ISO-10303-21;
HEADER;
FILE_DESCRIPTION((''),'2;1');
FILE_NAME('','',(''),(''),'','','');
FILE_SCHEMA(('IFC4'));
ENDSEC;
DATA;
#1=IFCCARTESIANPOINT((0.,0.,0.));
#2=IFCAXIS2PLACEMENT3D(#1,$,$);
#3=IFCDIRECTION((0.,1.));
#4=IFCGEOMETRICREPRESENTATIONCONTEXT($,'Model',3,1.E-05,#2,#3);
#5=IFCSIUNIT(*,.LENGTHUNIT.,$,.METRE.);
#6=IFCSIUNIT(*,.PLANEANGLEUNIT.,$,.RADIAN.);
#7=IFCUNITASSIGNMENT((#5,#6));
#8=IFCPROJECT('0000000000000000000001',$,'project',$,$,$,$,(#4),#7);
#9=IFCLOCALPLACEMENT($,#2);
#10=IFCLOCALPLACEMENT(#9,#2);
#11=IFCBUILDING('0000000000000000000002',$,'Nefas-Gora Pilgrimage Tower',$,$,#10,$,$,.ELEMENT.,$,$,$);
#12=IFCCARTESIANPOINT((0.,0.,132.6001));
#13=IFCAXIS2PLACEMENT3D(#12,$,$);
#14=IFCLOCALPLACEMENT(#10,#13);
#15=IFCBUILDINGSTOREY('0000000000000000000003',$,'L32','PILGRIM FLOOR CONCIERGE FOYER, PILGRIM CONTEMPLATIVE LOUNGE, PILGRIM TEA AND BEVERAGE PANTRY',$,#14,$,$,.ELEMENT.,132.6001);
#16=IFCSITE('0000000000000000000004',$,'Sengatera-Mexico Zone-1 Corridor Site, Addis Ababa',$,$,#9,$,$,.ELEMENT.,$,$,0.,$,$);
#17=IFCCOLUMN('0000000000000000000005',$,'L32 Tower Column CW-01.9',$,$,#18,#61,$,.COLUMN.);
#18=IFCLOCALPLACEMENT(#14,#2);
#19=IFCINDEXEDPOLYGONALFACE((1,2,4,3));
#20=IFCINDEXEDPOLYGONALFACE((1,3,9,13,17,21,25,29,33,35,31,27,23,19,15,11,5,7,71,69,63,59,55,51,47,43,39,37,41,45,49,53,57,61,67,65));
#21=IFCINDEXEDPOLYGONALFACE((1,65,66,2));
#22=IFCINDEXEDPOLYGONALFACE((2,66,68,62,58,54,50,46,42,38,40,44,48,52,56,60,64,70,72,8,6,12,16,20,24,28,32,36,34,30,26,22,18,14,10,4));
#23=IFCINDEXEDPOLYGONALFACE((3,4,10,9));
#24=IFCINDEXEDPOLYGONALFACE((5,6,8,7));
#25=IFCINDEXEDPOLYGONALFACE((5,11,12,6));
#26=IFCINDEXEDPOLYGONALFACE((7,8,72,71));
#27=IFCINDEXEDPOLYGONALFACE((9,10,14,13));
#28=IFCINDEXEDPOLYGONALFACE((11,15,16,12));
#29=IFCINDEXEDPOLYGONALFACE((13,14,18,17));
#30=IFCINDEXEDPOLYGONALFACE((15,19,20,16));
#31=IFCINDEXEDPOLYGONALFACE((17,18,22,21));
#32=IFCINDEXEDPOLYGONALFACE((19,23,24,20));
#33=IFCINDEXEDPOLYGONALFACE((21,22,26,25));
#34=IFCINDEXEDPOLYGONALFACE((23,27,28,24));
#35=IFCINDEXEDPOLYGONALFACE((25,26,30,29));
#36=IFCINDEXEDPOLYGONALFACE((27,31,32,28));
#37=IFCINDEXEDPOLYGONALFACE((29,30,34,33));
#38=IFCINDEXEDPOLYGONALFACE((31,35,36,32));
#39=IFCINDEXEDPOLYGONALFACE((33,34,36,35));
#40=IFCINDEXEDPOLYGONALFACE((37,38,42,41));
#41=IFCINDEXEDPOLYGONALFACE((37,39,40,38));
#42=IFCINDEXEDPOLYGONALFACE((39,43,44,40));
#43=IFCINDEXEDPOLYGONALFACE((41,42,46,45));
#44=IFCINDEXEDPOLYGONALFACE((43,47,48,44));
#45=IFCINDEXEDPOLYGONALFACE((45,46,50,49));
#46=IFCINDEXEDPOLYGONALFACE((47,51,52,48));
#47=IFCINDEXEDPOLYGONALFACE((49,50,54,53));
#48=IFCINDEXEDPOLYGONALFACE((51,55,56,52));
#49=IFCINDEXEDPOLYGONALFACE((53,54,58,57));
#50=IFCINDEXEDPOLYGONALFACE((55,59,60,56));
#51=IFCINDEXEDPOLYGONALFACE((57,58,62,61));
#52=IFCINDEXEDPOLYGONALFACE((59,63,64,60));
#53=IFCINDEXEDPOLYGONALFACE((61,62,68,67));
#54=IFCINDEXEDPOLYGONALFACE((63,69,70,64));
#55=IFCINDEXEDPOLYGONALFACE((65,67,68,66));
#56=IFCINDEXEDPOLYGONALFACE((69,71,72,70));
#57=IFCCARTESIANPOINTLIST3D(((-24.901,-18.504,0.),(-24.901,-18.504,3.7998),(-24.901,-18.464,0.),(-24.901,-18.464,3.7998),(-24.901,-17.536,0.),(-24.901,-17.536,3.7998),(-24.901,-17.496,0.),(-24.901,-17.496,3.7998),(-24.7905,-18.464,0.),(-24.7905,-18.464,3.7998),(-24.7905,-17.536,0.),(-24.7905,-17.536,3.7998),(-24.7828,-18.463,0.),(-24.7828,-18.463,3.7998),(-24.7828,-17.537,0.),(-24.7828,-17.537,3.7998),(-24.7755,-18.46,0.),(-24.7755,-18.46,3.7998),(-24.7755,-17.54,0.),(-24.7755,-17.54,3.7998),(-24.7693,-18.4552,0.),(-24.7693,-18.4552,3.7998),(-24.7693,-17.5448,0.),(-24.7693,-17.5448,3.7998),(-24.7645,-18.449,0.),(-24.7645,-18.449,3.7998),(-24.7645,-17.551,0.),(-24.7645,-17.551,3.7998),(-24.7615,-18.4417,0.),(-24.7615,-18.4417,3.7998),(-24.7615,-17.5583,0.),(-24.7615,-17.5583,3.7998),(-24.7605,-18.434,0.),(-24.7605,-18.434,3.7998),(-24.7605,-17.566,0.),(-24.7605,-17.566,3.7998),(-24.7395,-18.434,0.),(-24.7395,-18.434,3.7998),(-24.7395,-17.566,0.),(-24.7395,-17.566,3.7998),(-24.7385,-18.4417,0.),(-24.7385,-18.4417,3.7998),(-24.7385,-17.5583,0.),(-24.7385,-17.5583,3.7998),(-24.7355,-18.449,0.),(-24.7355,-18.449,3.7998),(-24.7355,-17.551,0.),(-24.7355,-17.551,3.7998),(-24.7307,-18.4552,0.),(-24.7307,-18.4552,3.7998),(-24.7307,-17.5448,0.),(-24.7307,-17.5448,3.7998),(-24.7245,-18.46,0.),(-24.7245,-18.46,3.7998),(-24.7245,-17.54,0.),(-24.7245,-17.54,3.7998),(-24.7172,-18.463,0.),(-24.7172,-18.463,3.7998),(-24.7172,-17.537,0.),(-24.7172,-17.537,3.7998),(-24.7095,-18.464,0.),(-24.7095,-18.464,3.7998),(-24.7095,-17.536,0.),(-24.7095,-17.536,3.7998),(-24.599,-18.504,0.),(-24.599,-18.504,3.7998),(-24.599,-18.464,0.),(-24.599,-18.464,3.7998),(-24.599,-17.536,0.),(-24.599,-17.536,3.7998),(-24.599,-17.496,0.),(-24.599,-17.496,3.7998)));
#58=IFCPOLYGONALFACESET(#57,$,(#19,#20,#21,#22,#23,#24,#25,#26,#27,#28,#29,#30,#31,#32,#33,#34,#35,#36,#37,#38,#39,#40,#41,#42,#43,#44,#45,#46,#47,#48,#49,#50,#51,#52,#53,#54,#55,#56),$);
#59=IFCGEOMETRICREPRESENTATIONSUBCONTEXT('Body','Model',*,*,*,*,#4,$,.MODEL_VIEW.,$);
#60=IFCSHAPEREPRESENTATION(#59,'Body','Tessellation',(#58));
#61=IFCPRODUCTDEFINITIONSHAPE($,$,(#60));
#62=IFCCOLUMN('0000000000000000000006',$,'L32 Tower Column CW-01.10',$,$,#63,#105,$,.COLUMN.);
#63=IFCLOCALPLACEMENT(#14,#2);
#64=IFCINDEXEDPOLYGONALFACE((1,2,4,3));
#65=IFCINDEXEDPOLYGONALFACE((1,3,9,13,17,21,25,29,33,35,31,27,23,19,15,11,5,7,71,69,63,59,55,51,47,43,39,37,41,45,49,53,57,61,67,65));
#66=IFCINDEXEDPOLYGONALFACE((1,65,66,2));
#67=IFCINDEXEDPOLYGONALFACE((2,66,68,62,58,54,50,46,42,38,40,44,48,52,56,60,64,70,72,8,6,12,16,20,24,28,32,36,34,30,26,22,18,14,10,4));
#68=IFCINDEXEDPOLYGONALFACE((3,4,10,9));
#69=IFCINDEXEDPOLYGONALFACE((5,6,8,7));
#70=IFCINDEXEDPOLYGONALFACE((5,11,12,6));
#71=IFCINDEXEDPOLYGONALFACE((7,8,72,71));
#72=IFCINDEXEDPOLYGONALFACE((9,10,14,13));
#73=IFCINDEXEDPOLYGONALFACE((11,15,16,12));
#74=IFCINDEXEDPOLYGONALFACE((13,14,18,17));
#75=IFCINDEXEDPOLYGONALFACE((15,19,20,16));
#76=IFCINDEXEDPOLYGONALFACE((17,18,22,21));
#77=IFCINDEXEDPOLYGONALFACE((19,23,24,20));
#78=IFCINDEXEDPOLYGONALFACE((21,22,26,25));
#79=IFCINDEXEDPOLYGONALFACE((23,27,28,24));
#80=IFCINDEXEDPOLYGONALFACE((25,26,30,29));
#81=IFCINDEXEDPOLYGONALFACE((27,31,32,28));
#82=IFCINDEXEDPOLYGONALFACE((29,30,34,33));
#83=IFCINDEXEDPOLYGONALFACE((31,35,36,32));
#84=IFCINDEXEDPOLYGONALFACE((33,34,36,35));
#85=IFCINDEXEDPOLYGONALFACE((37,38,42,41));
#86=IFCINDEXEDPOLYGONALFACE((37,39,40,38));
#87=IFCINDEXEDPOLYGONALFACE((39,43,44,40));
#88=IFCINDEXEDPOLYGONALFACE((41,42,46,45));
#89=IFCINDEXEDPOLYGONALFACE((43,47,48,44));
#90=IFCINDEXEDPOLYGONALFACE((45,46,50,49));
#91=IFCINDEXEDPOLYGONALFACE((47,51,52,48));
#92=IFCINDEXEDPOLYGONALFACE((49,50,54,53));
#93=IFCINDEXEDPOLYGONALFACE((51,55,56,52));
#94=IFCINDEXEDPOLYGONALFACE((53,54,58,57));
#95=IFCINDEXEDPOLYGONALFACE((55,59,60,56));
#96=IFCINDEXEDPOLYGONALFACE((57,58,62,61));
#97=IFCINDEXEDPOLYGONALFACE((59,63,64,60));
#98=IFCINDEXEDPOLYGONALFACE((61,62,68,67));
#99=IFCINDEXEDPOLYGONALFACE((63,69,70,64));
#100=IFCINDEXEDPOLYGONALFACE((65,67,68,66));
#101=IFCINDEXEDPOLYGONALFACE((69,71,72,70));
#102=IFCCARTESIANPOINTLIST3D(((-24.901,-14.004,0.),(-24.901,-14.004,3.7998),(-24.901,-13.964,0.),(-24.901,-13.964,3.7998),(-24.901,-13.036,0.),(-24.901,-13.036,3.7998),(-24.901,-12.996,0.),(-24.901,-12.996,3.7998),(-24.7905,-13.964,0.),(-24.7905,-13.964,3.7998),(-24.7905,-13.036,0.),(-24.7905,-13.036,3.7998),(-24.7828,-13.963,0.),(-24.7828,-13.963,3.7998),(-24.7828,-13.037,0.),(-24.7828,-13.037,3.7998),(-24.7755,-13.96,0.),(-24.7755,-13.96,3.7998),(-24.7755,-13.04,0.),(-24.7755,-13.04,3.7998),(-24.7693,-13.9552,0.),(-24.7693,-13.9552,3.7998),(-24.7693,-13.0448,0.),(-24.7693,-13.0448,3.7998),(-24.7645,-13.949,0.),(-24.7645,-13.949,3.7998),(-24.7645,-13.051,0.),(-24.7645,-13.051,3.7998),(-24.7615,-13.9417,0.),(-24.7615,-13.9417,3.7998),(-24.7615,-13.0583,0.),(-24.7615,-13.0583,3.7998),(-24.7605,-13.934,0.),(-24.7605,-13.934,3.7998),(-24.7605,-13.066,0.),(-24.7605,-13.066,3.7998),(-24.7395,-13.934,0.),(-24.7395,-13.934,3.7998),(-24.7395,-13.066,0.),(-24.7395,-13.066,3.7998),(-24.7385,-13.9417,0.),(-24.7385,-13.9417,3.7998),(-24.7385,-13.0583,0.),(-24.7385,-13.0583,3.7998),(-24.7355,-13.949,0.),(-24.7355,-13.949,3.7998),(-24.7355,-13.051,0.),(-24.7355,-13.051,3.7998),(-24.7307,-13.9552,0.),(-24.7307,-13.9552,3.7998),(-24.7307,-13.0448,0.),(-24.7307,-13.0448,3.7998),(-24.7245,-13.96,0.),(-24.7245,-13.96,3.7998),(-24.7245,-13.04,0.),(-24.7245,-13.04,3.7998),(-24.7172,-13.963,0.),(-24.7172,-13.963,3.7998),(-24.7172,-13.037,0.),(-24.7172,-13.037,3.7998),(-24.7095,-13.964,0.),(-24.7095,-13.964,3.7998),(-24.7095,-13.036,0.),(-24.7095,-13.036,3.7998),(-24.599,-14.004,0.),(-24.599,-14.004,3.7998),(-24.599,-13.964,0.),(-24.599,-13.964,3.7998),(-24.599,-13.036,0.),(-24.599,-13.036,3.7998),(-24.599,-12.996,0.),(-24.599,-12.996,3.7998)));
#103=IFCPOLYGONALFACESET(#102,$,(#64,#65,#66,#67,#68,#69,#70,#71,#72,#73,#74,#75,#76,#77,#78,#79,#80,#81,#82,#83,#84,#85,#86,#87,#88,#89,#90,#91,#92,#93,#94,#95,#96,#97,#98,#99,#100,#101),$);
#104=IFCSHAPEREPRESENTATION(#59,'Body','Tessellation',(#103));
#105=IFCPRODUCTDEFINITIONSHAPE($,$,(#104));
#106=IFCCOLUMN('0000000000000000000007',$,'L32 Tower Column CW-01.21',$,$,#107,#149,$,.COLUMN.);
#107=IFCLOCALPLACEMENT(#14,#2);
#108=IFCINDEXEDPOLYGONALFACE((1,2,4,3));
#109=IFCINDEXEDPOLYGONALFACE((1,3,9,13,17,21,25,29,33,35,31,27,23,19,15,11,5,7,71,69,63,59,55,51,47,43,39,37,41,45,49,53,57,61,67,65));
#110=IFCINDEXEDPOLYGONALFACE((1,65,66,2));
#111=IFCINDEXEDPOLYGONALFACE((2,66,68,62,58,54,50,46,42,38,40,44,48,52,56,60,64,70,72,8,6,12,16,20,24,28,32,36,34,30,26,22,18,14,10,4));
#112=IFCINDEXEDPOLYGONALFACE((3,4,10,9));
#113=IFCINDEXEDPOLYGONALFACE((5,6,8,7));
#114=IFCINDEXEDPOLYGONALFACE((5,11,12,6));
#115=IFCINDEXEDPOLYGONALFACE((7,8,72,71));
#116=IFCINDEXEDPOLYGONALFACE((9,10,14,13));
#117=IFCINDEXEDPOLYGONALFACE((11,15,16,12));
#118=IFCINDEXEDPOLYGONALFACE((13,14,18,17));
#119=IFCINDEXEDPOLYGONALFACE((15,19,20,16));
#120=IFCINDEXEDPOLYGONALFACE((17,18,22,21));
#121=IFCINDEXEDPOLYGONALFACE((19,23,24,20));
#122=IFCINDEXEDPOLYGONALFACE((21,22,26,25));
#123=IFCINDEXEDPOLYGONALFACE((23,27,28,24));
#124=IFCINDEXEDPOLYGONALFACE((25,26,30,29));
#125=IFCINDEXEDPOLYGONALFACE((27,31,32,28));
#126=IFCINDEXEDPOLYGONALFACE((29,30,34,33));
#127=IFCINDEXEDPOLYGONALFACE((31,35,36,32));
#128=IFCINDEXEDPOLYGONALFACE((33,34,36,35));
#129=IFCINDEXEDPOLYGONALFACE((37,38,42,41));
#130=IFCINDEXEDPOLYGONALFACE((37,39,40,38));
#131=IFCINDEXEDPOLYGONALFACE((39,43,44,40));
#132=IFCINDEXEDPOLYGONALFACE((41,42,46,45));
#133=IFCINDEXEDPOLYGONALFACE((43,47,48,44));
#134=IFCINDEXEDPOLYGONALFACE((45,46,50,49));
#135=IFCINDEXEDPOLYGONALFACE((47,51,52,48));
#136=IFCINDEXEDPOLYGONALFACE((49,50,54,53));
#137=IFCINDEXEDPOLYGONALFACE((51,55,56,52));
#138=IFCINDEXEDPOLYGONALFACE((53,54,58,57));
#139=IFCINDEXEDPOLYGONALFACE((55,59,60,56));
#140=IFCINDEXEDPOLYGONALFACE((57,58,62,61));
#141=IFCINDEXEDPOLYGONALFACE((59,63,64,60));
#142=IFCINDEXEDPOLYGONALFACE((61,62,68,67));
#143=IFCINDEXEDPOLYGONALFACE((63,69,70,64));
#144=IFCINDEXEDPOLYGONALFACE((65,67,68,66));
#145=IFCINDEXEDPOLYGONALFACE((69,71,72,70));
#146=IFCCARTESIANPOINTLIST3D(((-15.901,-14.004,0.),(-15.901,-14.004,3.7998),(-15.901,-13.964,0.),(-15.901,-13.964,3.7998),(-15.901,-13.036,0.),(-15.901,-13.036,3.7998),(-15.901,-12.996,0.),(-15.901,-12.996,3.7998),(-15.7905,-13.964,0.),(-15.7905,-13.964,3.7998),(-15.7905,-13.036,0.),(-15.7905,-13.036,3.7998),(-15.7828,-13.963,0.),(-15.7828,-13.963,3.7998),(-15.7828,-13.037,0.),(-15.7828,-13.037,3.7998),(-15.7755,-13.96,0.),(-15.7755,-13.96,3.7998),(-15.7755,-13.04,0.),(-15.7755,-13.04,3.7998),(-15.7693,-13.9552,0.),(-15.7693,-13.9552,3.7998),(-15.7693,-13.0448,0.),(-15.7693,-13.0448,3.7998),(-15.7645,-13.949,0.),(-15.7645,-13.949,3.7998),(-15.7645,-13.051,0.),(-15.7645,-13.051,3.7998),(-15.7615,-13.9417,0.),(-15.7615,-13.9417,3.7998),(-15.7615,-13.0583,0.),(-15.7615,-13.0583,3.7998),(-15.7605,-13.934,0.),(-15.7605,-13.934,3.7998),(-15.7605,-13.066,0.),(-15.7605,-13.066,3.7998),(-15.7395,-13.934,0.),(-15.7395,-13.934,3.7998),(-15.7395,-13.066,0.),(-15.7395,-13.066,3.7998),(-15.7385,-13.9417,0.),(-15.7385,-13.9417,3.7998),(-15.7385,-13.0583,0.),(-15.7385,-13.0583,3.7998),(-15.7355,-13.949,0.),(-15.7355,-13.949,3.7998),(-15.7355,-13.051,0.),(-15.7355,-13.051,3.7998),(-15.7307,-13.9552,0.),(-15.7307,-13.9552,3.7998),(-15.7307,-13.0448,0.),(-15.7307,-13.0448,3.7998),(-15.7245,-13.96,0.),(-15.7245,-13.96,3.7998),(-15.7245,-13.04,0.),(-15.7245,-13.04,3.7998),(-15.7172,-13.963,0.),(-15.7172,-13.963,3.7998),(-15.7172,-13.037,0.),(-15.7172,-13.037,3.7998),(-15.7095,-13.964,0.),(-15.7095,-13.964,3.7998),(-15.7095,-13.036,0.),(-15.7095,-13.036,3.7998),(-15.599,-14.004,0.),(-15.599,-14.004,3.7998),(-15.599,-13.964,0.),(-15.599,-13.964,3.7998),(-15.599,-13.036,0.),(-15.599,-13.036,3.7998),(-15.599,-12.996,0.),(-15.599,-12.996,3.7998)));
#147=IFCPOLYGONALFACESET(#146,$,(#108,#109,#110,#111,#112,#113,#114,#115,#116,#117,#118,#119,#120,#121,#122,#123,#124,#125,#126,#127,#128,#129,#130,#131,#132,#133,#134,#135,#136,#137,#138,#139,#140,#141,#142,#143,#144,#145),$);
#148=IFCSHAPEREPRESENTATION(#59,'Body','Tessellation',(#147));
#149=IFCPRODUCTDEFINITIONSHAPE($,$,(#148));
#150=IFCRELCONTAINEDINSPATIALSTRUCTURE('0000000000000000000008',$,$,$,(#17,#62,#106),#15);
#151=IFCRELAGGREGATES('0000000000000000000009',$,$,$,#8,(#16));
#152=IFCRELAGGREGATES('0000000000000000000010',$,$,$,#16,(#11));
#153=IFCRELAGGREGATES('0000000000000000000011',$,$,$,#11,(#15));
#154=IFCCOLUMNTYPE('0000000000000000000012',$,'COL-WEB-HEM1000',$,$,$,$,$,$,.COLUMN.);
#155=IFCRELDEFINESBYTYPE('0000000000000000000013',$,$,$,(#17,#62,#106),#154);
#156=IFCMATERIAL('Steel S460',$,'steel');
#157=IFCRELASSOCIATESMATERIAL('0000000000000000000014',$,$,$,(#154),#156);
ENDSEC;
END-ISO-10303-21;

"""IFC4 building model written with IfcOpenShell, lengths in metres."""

from ifc_helpers import new_model, si_unit, direction, frame, origin, origin_2d, place, context, subcontext, project, spatial, i_section, extrude, source, transform, mapped, material, material_profile, profile_set, type_object, element, save


model = new_model("IFC4")

# Units and contexts
model_context = context("Model", 3, precision=1e-05, world=origin(), true_north=direction((0.0, 1.0)))
body_context = subcontext(model_context, "Body", "Model", "MODEL_VIEW")
ifc_project = project(units=[si_unit("LENGTHUNIT", "METRE"), si_unit("PLANEANGLEUNIT", "RADIAN")], contexts=[model_context])

# Site, building, storey
site_placement = place(None, origin())
site = spatial("IfcSite", under=ifc_project, at=site_placement, Name="Sengatera-Mexico Zone-1 Corridor Site, Addis Ababa", CompositionType="ELEMENT", RefElevation=0.0)
building_placement = place(site_placement, origin())
building = spatial("IfcBuilding", under=site, at=building_placement, Name="Nefas-Gora Pilgrimage Tower", CompositionType="ELEMENT")
storey_placement = place(building_placement, frame((0.0, 0.0, 132.6001)))
storey = spatial("IfcBuildingStorey", under=building, at=storey_placement, Name="L32", Description="PILGRIM FLOOR CONCIERGE FOYER, PILGRIM CONTEMPLATIVE LOUNGE, PILGRIM TEA AND BEVERAGE PANTRY", CompositionType="ELEMENT", Elevation=132.6001)

# Columns
ifc_material_1 = material(Name="Steel S460", Category="steel")
ifc_material_profile_1 = material_profile(ifc_material_1, i_section(OverallWidth=0.302, OverallDepth=1.0081, WebThickness=0.021, FlangeThickness=0.04, FilletRadius=0.03, at=origin_2d()), Name="HEM 1000")
ifc_profile_set_1 = profile_set([ifc_material_profile_1], Name="Steel S460")
column_type_1 = type_object("IfcColumnType", Name="COL-WEB-HEM1000", PredefinedType="COLUMN", material=ifc_profile_set_1)
shared_shape_1 = source(origin(), body_context, "Body", "SweptSolid", [
    extrude(i_section(OverallWidth=0.302, OverallDepth=1.0081, WebThickness=0.021, FlangeThickness=0.04, FilletRadius=0.03, at=origin_2d()), origin(), (0.0, 0.0, 1.0), 3.7998),
])
for number, where, z_axis, x_axis, name in (
    (1, (-24.75, -18.0, 0.0), (0.0, 0.0, 1.0), (1.0, 0.0, 0.0), "L32 Tower Column CW-01.9"),
    (2, (-24.75, -13.5, 0.0), (0.0, 0.0, 1.0), (1.0, 0.0, 0.0), "L32 Tower Column CW-01.10"),
    (3, (-15.75, -13.5, 0.0), (0.0, 0.0, 1.0), (1.0, 0.0, 0.0), "L32 Tower Column CW-01.21"),
):
    element("IfcColumn", number, at=place(storey_placement, frame(where, z_axis=z_axis, x_axis=x_axis)), inside=storey, type_object=column_type_1, Name=name, PredefinedType="COLUMN", context=body_context, shape_type="MappedRepresentation", body=[
        mapped(shared_shape_1, transform((0.0, 0.0, 0.0), x_axis=(1.0, 0.0, 0.0), y_axis=(0.0, 1.0, 0.0), z_axis=(0.0, 0.0, 1.0), scale=1.0)),
    ])

save(model, "model.ifc")
